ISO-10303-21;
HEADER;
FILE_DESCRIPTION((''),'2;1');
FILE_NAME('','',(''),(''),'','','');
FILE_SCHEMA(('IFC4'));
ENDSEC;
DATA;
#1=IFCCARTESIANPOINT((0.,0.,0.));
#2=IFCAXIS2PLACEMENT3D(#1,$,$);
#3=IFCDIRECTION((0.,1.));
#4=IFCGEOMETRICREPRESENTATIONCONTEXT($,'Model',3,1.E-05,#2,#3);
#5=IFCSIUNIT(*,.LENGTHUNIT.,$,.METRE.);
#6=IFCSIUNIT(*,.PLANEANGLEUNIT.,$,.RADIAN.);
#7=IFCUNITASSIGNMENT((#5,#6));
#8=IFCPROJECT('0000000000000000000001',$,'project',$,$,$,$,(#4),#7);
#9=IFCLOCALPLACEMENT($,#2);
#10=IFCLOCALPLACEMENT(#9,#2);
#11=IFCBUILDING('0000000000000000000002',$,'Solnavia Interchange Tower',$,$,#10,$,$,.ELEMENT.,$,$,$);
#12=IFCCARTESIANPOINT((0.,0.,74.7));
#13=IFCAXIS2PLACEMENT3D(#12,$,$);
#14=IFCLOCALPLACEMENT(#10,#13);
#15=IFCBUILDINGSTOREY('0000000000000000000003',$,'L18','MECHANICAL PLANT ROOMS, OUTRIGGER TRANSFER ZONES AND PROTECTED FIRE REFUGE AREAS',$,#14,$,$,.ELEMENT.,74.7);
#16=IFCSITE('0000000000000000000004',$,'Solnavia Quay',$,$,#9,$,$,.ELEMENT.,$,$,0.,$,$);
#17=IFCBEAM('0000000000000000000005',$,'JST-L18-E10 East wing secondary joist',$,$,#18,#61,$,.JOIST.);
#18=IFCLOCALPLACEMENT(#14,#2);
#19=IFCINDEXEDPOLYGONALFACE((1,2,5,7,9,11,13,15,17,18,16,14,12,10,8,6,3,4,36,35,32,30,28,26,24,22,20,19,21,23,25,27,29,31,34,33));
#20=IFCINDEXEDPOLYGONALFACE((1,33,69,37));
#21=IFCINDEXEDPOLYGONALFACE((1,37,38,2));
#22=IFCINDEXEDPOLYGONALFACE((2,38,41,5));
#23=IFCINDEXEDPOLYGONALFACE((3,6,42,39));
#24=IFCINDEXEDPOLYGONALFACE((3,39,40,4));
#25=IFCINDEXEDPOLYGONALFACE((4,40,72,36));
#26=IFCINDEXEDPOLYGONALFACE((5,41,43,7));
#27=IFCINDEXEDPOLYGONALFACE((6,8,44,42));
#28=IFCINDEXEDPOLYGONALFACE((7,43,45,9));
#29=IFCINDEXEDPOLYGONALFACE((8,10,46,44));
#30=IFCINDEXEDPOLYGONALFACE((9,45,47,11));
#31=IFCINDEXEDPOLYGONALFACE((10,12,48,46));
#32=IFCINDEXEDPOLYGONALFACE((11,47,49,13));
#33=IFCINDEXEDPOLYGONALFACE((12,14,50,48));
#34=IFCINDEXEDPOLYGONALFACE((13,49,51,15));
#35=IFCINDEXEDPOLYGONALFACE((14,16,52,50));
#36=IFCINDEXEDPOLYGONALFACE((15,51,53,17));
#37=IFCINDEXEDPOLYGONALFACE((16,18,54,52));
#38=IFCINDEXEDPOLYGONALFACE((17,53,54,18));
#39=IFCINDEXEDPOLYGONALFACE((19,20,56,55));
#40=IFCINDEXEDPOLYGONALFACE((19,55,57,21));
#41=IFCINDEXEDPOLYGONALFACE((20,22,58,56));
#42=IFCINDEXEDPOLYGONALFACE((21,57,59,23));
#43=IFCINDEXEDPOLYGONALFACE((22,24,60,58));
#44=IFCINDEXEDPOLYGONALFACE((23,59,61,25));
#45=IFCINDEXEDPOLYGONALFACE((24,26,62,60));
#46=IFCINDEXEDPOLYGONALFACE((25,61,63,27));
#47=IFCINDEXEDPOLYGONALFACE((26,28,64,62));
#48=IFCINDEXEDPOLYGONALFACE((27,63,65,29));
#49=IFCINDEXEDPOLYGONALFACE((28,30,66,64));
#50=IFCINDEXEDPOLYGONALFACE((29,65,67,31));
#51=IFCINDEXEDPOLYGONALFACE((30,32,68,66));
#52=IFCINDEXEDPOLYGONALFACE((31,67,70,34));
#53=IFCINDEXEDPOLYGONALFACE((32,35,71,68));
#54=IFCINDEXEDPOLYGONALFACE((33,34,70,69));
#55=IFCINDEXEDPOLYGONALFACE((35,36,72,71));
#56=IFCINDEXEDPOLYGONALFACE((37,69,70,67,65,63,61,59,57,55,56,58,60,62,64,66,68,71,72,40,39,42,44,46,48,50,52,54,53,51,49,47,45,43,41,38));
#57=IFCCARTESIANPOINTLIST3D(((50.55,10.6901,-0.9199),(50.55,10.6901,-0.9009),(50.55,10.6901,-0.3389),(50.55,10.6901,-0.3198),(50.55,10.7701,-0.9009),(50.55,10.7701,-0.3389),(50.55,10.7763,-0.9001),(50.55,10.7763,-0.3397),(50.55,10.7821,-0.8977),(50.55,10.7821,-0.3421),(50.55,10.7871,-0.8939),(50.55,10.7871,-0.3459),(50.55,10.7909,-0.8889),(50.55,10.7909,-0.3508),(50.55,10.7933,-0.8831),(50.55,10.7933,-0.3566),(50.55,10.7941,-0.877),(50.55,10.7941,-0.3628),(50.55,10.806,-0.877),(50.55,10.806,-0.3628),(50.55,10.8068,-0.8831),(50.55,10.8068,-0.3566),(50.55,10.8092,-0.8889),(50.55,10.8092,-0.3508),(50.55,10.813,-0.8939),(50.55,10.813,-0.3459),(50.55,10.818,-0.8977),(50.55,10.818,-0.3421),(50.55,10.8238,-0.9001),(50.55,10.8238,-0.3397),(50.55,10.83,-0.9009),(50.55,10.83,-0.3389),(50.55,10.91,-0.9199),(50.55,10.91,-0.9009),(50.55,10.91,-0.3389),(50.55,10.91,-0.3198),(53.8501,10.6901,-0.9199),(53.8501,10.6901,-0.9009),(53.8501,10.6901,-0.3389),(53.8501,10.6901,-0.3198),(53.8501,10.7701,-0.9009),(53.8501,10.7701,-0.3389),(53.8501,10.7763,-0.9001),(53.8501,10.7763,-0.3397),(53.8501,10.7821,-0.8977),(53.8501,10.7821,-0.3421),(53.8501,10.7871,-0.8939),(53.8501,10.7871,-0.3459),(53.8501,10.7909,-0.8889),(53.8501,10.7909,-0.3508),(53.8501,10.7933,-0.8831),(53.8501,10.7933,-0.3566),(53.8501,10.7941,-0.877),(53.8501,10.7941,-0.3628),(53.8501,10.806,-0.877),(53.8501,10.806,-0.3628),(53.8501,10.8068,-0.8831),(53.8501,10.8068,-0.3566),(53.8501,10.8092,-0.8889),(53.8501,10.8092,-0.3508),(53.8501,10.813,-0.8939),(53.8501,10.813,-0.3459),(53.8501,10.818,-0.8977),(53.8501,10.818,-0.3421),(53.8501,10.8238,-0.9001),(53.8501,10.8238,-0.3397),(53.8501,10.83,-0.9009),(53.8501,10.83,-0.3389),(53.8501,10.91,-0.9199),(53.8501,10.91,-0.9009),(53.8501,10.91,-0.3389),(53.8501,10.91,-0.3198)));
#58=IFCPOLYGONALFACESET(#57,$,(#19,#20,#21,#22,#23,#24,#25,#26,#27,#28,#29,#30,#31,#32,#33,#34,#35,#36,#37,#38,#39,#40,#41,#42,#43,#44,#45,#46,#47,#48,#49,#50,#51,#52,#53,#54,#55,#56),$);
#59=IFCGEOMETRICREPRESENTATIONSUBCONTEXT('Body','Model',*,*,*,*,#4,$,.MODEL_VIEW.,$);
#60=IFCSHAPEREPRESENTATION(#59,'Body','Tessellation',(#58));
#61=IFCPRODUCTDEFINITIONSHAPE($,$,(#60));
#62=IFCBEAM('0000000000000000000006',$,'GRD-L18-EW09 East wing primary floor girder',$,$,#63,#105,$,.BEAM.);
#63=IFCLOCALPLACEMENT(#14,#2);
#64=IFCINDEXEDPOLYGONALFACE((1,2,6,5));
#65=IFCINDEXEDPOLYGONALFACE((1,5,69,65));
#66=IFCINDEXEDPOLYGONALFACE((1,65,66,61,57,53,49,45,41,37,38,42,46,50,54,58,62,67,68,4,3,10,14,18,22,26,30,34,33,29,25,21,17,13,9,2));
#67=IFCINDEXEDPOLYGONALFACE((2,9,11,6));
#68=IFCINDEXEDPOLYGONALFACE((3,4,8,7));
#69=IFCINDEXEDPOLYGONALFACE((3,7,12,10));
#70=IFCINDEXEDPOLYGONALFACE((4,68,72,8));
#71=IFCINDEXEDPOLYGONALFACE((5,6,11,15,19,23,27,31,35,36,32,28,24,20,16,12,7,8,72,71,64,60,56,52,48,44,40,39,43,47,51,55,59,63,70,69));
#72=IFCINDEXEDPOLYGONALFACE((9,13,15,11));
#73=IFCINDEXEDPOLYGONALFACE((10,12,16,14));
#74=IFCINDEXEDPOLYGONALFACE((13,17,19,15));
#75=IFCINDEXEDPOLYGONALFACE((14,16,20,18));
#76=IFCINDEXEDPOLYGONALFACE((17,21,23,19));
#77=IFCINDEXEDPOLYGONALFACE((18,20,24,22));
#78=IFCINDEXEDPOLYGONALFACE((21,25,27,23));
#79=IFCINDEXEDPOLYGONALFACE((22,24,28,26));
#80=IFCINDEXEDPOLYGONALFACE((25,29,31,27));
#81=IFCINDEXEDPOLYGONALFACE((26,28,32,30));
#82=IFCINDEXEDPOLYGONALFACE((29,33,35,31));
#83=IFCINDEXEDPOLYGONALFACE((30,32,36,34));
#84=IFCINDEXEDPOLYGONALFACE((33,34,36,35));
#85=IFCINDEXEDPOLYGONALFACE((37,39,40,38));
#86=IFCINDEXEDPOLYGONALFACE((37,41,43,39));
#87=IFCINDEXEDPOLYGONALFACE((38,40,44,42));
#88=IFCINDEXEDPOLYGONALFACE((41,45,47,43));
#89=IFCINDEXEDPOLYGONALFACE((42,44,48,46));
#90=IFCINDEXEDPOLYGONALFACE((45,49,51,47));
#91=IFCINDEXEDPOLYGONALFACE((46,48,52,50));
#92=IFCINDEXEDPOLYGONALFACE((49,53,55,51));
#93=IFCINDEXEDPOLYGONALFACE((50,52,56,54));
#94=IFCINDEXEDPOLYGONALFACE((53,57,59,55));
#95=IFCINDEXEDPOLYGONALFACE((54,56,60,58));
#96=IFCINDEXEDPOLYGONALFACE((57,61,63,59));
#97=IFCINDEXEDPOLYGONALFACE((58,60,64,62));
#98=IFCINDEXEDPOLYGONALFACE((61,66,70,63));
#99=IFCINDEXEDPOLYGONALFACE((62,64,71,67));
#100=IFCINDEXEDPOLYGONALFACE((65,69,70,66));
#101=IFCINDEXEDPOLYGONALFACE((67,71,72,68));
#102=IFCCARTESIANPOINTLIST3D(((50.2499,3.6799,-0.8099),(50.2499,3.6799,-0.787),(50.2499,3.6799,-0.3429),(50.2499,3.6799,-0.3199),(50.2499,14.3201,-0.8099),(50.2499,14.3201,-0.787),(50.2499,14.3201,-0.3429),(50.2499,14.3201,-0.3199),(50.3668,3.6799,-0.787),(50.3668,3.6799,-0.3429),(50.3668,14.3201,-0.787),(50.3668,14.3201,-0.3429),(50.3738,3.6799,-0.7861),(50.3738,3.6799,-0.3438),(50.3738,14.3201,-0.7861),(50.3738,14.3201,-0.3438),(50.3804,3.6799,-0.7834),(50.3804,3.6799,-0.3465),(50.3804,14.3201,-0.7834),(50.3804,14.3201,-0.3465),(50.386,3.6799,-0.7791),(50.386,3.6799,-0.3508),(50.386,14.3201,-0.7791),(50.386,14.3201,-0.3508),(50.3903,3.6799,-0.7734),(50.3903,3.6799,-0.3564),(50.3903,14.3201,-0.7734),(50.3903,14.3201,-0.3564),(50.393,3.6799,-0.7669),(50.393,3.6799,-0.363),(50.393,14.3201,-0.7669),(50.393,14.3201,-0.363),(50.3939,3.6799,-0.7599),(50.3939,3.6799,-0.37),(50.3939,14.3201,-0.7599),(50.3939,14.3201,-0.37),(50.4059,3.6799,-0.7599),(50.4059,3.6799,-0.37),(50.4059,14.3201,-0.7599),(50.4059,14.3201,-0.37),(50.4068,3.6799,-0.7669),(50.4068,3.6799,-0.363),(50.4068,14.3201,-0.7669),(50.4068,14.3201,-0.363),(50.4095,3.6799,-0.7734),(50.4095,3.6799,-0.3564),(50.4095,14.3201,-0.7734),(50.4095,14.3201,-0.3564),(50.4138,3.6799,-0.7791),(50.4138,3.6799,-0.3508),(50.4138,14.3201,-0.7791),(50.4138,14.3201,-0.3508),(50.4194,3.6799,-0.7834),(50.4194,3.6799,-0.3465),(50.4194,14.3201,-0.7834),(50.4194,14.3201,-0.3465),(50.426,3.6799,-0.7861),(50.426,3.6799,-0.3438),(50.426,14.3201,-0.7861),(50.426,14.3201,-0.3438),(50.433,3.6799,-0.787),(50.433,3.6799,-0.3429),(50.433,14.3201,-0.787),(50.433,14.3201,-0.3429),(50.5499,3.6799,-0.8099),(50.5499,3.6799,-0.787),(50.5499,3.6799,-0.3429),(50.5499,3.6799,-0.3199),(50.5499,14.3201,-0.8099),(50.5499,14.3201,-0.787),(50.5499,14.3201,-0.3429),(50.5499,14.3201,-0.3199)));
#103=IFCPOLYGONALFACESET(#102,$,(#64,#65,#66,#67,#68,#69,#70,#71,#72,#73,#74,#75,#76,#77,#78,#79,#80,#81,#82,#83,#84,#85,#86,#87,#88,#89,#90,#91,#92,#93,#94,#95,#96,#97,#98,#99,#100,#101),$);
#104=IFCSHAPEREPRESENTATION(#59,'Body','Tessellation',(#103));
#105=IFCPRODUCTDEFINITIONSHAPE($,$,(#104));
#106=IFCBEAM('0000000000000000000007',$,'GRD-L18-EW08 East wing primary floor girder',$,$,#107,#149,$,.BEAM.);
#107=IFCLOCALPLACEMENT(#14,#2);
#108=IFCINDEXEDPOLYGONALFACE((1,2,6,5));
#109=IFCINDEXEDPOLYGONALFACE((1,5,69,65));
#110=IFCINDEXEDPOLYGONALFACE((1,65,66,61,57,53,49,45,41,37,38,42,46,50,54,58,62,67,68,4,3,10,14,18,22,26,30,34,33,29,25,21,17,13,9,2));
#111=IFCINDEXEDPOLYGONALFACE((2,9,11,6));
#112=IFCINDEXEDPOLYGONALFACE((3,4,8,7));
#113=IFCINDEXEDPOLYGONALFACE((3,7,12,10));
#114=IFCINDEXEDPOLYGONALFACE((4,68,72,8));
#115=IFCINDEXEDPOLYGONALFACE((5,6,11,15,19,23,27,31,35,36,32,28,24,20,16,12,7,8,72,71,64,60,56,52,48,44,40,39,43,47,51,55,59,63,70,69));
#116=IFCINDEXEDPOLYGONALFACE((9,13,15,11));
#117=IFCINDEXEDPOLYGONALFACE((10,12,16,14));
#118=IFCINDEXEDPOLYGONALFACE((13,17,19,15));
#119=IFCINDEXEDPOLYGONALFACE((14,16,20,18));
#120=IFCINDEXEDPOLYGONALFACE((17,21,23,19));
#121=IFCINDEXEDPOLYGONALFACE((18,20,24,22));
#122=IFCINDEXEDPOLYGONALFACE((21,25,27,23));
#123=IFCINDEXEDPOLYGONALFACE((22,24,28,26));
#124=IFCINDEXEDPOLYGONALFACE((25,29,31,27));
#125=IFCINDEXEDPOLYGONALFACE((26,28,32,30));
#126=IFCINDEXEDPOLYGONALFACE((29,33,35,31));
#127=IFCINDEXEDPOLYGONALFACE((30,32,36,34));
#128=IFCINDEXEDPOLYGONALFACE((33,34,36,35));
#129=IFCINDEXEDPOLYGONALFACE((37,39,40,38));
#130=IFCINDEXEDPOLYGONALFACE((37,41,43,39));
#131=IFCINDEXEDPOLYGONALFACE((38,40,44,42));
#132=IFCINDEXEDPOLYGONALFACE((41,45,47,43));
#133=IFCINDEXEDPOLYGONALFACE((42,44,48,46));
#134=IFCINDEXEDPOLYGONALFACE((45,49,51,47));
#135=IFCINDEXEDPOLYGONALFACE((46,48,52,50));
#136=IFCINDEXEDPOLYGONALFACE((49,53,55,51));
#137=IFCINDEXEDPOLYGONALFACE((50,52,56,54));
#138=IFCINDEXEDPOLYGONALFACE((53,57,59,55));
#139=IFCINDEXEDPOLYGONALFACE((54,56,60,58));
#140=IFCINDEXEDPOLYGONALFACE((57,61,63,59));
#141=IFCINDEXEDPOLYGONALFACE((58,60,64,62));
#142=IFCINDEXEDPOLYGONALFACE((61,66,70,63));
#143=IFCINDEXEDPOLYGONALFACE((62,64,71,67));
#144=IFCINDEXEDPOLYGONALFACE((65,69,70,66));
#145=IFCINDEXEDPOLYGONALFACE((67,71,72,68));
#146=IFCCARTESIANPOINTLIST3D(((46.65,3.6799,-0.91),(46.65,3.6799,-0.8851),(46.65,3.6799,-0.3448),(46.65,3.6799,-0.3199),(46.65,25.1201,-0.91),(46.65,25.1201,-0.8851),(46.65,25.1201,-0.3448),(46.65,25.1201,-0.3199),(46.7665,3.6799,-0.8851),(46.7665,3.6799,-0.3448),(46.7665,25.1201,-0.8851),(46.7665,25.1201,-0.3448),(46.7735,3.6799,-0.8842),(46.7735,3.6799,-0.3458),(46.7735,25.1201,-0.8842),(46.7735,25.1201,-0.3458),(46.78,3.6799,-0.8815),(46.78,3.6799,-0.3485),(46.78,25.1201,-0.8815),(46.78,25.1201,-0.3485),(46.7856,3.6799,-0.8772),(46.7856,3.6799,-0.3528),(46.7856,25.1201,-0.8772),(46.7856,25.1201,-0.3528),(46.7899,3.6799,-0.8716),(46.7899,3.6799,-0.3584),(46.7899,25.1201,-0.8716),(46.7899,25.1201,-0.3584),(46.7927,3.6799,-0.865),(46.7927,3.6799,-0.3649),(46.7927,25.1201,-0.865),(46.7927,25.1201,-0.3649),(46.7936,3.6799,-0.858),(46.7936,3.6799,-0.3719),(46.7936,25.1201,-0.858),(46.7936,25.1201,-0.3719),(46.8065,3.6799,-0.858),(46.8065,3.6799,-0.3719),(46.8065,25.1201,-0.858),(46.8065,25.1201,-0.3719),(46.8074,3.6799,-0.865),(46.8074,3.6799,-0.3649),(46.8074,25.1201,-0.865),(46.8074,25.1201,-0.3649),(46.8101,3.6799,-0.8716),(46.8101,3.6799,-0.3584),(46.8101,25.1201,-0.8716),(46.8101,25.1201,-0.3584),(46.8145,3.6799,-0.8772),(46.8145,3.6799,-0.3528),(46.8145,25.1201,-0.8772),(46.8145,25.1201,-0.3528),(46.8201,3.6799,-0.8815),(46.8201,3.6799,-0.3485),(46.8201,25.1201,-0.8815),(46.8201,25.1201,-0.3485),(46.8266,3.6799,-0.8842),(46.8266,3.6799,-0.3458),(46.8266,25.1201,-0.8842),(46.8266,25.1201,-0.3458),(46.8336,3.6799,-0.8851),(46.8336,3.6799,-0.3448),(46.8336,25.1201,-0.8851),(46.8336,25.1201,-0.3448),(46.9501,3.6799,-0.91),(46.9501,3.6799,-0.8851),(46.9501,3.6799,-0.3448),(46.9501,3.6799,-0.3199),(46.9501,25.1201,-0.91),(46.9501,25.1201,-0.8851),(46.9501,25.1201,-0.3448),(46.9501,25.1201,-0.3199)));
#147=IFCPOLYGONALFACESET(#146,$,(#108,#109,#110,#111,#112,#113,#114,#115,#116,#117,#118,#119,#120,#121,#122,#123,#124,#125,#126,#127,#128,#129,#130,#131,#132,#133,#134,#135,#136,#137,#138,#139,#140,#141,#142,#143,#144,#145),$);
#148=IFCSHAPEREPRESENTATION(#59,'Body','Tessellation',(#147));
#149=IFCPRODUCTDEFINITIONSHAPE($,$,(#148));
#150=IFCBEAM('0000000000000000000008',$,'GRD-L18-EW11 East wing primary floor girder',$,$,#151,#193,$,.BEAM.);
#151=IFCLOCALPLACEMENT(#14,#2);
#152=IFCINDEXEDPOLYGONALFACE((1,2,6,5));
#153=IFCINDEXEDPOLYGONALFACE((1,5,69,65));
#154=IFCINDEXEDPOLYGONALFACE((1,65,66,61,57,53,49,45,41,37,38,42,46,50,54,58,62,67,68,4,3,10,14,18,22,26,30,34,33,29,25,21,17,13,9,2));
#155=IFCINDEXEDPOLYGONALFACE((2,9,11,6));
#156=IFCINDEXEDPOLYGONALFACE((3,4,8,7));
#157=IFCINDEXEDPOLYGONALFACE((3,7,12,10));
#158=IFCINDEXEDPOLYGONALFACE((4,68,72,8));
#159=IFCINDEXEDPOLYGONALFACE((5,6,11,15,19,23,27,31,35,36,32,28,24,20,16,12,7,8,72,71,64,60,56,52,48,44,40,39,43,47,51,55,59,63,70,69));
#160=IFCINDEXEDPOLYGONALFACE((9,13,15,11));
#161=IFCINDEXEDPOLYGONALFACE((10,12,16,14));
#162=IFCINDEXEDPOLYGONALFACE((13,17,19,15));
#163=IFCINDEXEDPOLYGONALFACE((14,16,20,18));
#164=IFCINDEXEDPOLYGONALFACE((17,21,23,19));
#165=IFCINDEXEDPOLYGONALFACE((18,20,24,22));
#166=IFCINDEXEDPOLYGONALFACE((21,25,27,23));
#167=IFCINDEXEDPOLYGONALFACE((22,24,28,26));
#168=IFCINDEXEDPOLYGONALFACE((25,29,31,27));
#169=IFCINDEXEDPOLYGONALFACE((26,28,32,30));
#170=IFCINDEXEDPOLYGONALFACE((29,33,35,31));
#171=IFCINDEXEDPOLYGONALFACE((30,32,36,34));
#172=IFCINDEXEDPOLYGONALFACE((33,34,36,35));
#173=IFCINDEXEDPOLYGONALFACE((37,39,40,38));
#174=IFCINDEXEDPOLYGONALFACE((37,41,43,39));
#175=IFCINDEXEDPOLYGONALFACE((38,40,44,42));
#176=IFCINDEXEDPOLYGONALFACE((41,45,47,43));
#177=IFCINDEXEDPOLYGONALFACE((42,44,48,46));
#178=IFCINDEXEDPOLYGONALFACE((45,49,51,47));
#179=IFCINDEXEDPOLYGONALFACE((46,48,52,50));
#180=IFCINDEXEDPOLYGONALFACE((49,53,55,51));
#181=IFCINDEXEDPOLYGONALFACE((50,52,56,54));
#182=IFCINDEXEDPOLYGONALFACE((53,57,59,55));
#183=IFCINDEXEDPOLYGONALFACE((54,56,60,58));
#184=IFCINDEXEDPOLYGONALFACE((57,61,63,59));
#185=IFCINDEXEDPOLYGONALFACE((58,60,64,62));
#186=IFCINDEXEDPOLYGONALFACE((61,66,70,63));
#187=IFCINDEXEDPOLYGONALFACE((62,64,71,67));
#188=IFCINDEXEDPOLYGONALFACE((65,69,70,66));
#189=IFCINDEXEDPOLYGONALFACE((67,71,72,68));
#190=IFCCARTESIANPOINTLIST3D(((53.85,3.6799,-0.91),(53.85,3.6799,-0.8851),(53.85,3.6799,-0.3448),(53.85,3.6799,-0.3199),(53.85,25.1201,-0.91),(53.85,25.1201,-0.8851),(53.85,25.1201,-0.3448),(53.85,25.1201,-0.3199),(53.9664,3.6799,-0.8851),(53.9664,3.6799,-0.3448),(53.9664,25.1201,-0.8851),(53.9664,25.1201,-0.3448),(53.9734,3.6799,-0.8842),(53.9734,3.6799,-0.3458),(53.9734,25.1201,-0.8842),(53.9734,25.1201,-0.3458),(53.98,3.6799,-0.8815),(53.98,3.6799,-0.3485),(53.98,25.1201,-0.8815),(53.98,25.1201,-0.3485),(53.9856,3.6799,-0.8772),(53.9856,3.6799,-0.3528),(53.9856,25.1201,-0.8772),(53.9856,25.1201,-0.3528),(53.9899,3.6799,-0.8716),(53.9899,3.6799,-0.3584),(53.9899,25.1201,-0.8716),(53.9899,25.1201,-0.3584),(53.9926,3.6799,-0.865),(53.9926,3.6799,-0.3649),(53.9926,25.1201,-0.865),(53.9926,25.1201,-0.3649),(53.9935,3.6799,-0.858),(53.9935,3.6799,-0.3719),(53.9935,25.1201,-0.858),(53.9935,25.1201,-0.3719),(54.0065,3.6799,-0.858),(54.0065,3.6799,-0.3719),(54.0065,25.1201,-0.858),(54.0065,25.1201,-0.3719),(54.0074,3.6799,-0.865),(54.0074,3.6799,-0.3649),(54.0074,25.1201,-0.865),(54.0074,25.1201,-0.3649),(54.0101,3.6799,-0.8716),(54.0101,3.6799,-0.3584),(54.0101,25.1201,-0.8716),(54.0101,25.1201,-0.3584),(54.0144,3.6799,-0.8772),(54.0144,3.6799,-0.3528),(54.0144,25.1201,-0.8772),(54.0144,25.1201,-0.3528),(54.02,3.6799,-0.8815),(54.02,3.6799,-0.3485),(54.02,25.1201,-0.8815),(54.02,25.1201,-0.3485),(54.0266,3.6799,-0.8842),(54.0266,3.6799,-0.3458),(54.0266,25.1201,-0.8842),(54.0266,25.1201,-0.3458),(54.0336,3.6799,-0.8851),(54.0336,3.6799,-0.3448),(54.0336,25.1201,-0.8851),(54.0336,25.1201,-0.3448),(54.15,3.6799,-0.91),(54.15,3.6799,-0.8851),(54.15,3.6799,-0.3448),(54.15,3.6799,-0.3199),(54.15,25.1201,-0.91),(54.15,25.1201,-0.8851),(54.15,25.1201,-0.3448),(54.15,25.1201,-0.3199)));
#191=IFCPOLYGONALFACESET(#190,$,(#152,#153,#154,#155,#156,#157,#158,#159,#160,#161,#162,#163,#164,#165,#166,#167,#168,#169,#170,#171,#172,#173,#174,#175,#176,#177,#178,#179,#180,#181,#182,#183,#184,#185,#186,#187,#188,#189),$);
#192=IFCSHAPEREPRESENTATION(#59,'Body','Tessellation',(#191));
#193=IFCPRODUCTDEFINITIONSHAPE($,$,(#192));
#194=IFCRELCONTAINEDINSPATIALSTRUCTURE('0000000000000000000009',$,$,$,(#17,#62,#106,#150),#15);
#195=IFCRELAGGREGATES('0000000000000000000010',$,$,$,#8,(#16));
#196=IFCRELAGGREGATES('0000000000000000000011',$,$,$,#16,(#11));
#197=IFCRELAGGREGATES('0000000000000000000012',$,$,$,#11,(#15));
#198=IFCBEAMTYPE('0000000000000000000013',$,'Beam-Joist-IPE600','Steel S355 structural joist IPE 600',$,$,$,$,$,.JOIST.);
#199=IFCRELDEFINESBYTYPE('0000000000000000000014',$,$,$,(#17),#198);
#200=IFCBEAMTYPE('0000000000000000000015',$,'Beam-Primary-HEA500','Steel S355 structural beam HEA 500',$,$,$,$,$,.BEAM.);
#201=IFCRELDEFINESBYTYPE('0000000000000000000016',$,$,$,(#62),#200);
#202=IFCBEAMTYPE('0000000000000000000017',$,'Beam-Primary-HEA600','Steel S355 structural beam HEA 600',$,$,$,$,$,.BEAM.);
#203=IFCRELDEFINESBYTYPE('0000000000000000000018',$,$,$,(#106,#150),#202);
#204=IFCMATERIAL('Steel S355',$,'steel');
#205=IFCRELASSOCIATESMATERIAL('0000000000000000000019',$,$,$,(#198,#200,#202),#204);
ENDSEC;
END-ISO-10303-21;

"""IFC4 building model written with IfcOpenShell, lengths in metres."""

from ifc_helpers import new_model, si_unit, direction, frame, origin, origin_2d, place, context, subcontext, project, spatial, i_section, extrude, material, material_profile, profile_set, type_object, element, save


model = new_model("IFC4")

# Units and contexts
model_context = context("Model", 3, precision=1e-05, world=origin(), true_north=direction((0.0, 1.0)))
body_context = subcontext(model_context, "Body", "Model", "MODEL_VIEW")
ifc_project = project(units=[si_unit("LENGTHUNIT", "METRE"), si_unit("PLANEANGLEUNIT", "RADIAN")], contexts=[model_context])

# Site, building, storey
site_placement = place(None, origin())
site = spatial("IfcSite", under=ifc_project, at=site_placement, Name="Solnavia Quay", CompositionType="ELEMENT", RefElevation=0.0)
building_placement = place(site_placement, origin())
building = spatial("IfcBuilding", under=site, at=building_placement, Name="Solnavia Interchange Tower", CompositionType="ELEMENT")
storey_placement = place(building_placement, frame((0.0, 0.0, 74.7)))
storey = spatial("IfcBuildingStorey", under=building, at=storey_placement, Name="L18", Description="MECHANICAL PLANT ROOMS, OUTRIGGER TRANSFER ZONES AND PROTECTED FIRE REFUGE AREAS", CompositionType="ELEMENT", Elevation=74.7)

# Beams
ifc_material_1 = material(Name="Steel S355", Category="steel")
ifc_material_profile_1 = material_profile(ifc_material_1, i_section(OverallWidth=0.22, OverallDepth=0.6001, WebThickness=0.012, FlangeThickness=0.019, FilletRadius=0.0239, at=origin_2d()), Name="IPE 600")
ifc_profile_set_1 = profile_set([ifc_material_profile_1], Name="Steel S355")
beam_type_1 = type_object("IfcBeamType", Name="Beam-Joist-IPE600", Description="Steel S355 structural joist IPE 600", PredefinedType="JOIST", material=ifc_profile_set_1)
for number, where, z_axis, x_axis, name in (
    (1, (50.55, 10.8, -0.6199), (1.0, 0.0, 0.0), (0.0, 1.0, 0.0), "JST-L18-E10 East wing secondary joist"),
):
    element("IfcBeam", number, at=place(storey_placement, frame(where, z_axis=z_axis, x_axis=x_axis)), inside=storey, type_object=beam_type_1, Name=name, PredefinedType="JOIST", context=body_context, shape_type="SweptSolid", body=[
        extrude(i_section(OverallWidth=0.22, OverallDepth=0.6001, WebThickness=0.012, FlangeThickness=0.019, FilletRadius=0.0239, at=origin_2d()), origin(), (0.0, 0.0, 1.0), 3.3),
    ])
ifc_material_profile_2 = material_profile(ifc_material_1, i_section(OverallWidth=0.3, OverallDepth=0.49, WebThickness=0.012, FlangeThickness=0.0229, FilletRadius=0.0271, at=origin_2d()), Name="HEA 500")
ifc_profile_set_2 = profile_set([ifc_material_profile_2], Name="Steel S355")
beam_type_2 = type_object("IfcBeamType", Name="Beam-Primary-HEA500", Description="Steel S355 structural beam HEA 500", PredefinedType="BEAM", material=ifc_profile_set_2)
beam_1_placement = place(storey_placement, frame((50.3999, 3.6799, -0.5649), z_axis=(0.0, 1.0, 0.0), x_axis=(-1.0, 0.0, 0.0)))
element("IfcBeam", 2, at=beam_1_placement, inside=storey, type_object=beam_type_2, Name="GRD-L18-EW09 East wing primary floor girder", PredefinedType="BEAM", context=body_context, shape_type="SweptSolid", body=[
    extrude(i_section(OverallWidth=0.3, OverallDepth=0.49, WebThickness=0.012, FlangeThickness=0.0229, FilletRadius=0.0271, at=origin_2d()), origin(), (0.0, 0.0, 1.0), 10.6401),
])
ifc_material_profile_3 = material_profile(ifc_material_1, i_section(OverallWidth=0.3, OverallDepth=0.5901, WebThickness=0.0129, FlangeThickness=0.0249, FilletRadius=0.0271, at=origin_2d()), Name="HEA 600")
ifc_profile_set_3 = profile_set([ifc_material_profile_3], Name="Steel S355")
beam_type_3 = type_object("IfcBeamType", Name="Beam-Primary-HEA600", Description="Steel S355 structural beam HEA 600", PredefinedType="BEAM", material=ifc_profile_set_3)
for number, where, z_axis, x_axis, name in (
    (3, (46.8, 3.6799, -0.615), (0.0, 1.0, 0.0), (-1.0, 0.0, 0.0), "GRD-L18-EW08 East wing primary floor girder"),
    (4, (54.0, 3.6799, -0.615), (0.0, 1.0, 0.0), (-1.0, 0.0, 0.0), "GRD-L18-EW11 East wing primary floor girder"),
):
    element("IfcBeam", number, at=place(storey_placement, frame(where, z_axis=z_axis, x_axis=x_axis)), inside=storey, type_object=beam_type_3, Name=name, PredefinedType="BEAM", context=body_context, shape_type="SweptSolid", body=[
        extrude(i_section(OverallWidth=0.3, OverallDepth=0.5901, WebThickness=0.0129, FlangeThickness=0.0249, FilletRadius=0.0271, at=origin_2d()), origin(), (0.0, 0.0, 1.0), 21.4402),
    ])

save(model, "model.ifc")
